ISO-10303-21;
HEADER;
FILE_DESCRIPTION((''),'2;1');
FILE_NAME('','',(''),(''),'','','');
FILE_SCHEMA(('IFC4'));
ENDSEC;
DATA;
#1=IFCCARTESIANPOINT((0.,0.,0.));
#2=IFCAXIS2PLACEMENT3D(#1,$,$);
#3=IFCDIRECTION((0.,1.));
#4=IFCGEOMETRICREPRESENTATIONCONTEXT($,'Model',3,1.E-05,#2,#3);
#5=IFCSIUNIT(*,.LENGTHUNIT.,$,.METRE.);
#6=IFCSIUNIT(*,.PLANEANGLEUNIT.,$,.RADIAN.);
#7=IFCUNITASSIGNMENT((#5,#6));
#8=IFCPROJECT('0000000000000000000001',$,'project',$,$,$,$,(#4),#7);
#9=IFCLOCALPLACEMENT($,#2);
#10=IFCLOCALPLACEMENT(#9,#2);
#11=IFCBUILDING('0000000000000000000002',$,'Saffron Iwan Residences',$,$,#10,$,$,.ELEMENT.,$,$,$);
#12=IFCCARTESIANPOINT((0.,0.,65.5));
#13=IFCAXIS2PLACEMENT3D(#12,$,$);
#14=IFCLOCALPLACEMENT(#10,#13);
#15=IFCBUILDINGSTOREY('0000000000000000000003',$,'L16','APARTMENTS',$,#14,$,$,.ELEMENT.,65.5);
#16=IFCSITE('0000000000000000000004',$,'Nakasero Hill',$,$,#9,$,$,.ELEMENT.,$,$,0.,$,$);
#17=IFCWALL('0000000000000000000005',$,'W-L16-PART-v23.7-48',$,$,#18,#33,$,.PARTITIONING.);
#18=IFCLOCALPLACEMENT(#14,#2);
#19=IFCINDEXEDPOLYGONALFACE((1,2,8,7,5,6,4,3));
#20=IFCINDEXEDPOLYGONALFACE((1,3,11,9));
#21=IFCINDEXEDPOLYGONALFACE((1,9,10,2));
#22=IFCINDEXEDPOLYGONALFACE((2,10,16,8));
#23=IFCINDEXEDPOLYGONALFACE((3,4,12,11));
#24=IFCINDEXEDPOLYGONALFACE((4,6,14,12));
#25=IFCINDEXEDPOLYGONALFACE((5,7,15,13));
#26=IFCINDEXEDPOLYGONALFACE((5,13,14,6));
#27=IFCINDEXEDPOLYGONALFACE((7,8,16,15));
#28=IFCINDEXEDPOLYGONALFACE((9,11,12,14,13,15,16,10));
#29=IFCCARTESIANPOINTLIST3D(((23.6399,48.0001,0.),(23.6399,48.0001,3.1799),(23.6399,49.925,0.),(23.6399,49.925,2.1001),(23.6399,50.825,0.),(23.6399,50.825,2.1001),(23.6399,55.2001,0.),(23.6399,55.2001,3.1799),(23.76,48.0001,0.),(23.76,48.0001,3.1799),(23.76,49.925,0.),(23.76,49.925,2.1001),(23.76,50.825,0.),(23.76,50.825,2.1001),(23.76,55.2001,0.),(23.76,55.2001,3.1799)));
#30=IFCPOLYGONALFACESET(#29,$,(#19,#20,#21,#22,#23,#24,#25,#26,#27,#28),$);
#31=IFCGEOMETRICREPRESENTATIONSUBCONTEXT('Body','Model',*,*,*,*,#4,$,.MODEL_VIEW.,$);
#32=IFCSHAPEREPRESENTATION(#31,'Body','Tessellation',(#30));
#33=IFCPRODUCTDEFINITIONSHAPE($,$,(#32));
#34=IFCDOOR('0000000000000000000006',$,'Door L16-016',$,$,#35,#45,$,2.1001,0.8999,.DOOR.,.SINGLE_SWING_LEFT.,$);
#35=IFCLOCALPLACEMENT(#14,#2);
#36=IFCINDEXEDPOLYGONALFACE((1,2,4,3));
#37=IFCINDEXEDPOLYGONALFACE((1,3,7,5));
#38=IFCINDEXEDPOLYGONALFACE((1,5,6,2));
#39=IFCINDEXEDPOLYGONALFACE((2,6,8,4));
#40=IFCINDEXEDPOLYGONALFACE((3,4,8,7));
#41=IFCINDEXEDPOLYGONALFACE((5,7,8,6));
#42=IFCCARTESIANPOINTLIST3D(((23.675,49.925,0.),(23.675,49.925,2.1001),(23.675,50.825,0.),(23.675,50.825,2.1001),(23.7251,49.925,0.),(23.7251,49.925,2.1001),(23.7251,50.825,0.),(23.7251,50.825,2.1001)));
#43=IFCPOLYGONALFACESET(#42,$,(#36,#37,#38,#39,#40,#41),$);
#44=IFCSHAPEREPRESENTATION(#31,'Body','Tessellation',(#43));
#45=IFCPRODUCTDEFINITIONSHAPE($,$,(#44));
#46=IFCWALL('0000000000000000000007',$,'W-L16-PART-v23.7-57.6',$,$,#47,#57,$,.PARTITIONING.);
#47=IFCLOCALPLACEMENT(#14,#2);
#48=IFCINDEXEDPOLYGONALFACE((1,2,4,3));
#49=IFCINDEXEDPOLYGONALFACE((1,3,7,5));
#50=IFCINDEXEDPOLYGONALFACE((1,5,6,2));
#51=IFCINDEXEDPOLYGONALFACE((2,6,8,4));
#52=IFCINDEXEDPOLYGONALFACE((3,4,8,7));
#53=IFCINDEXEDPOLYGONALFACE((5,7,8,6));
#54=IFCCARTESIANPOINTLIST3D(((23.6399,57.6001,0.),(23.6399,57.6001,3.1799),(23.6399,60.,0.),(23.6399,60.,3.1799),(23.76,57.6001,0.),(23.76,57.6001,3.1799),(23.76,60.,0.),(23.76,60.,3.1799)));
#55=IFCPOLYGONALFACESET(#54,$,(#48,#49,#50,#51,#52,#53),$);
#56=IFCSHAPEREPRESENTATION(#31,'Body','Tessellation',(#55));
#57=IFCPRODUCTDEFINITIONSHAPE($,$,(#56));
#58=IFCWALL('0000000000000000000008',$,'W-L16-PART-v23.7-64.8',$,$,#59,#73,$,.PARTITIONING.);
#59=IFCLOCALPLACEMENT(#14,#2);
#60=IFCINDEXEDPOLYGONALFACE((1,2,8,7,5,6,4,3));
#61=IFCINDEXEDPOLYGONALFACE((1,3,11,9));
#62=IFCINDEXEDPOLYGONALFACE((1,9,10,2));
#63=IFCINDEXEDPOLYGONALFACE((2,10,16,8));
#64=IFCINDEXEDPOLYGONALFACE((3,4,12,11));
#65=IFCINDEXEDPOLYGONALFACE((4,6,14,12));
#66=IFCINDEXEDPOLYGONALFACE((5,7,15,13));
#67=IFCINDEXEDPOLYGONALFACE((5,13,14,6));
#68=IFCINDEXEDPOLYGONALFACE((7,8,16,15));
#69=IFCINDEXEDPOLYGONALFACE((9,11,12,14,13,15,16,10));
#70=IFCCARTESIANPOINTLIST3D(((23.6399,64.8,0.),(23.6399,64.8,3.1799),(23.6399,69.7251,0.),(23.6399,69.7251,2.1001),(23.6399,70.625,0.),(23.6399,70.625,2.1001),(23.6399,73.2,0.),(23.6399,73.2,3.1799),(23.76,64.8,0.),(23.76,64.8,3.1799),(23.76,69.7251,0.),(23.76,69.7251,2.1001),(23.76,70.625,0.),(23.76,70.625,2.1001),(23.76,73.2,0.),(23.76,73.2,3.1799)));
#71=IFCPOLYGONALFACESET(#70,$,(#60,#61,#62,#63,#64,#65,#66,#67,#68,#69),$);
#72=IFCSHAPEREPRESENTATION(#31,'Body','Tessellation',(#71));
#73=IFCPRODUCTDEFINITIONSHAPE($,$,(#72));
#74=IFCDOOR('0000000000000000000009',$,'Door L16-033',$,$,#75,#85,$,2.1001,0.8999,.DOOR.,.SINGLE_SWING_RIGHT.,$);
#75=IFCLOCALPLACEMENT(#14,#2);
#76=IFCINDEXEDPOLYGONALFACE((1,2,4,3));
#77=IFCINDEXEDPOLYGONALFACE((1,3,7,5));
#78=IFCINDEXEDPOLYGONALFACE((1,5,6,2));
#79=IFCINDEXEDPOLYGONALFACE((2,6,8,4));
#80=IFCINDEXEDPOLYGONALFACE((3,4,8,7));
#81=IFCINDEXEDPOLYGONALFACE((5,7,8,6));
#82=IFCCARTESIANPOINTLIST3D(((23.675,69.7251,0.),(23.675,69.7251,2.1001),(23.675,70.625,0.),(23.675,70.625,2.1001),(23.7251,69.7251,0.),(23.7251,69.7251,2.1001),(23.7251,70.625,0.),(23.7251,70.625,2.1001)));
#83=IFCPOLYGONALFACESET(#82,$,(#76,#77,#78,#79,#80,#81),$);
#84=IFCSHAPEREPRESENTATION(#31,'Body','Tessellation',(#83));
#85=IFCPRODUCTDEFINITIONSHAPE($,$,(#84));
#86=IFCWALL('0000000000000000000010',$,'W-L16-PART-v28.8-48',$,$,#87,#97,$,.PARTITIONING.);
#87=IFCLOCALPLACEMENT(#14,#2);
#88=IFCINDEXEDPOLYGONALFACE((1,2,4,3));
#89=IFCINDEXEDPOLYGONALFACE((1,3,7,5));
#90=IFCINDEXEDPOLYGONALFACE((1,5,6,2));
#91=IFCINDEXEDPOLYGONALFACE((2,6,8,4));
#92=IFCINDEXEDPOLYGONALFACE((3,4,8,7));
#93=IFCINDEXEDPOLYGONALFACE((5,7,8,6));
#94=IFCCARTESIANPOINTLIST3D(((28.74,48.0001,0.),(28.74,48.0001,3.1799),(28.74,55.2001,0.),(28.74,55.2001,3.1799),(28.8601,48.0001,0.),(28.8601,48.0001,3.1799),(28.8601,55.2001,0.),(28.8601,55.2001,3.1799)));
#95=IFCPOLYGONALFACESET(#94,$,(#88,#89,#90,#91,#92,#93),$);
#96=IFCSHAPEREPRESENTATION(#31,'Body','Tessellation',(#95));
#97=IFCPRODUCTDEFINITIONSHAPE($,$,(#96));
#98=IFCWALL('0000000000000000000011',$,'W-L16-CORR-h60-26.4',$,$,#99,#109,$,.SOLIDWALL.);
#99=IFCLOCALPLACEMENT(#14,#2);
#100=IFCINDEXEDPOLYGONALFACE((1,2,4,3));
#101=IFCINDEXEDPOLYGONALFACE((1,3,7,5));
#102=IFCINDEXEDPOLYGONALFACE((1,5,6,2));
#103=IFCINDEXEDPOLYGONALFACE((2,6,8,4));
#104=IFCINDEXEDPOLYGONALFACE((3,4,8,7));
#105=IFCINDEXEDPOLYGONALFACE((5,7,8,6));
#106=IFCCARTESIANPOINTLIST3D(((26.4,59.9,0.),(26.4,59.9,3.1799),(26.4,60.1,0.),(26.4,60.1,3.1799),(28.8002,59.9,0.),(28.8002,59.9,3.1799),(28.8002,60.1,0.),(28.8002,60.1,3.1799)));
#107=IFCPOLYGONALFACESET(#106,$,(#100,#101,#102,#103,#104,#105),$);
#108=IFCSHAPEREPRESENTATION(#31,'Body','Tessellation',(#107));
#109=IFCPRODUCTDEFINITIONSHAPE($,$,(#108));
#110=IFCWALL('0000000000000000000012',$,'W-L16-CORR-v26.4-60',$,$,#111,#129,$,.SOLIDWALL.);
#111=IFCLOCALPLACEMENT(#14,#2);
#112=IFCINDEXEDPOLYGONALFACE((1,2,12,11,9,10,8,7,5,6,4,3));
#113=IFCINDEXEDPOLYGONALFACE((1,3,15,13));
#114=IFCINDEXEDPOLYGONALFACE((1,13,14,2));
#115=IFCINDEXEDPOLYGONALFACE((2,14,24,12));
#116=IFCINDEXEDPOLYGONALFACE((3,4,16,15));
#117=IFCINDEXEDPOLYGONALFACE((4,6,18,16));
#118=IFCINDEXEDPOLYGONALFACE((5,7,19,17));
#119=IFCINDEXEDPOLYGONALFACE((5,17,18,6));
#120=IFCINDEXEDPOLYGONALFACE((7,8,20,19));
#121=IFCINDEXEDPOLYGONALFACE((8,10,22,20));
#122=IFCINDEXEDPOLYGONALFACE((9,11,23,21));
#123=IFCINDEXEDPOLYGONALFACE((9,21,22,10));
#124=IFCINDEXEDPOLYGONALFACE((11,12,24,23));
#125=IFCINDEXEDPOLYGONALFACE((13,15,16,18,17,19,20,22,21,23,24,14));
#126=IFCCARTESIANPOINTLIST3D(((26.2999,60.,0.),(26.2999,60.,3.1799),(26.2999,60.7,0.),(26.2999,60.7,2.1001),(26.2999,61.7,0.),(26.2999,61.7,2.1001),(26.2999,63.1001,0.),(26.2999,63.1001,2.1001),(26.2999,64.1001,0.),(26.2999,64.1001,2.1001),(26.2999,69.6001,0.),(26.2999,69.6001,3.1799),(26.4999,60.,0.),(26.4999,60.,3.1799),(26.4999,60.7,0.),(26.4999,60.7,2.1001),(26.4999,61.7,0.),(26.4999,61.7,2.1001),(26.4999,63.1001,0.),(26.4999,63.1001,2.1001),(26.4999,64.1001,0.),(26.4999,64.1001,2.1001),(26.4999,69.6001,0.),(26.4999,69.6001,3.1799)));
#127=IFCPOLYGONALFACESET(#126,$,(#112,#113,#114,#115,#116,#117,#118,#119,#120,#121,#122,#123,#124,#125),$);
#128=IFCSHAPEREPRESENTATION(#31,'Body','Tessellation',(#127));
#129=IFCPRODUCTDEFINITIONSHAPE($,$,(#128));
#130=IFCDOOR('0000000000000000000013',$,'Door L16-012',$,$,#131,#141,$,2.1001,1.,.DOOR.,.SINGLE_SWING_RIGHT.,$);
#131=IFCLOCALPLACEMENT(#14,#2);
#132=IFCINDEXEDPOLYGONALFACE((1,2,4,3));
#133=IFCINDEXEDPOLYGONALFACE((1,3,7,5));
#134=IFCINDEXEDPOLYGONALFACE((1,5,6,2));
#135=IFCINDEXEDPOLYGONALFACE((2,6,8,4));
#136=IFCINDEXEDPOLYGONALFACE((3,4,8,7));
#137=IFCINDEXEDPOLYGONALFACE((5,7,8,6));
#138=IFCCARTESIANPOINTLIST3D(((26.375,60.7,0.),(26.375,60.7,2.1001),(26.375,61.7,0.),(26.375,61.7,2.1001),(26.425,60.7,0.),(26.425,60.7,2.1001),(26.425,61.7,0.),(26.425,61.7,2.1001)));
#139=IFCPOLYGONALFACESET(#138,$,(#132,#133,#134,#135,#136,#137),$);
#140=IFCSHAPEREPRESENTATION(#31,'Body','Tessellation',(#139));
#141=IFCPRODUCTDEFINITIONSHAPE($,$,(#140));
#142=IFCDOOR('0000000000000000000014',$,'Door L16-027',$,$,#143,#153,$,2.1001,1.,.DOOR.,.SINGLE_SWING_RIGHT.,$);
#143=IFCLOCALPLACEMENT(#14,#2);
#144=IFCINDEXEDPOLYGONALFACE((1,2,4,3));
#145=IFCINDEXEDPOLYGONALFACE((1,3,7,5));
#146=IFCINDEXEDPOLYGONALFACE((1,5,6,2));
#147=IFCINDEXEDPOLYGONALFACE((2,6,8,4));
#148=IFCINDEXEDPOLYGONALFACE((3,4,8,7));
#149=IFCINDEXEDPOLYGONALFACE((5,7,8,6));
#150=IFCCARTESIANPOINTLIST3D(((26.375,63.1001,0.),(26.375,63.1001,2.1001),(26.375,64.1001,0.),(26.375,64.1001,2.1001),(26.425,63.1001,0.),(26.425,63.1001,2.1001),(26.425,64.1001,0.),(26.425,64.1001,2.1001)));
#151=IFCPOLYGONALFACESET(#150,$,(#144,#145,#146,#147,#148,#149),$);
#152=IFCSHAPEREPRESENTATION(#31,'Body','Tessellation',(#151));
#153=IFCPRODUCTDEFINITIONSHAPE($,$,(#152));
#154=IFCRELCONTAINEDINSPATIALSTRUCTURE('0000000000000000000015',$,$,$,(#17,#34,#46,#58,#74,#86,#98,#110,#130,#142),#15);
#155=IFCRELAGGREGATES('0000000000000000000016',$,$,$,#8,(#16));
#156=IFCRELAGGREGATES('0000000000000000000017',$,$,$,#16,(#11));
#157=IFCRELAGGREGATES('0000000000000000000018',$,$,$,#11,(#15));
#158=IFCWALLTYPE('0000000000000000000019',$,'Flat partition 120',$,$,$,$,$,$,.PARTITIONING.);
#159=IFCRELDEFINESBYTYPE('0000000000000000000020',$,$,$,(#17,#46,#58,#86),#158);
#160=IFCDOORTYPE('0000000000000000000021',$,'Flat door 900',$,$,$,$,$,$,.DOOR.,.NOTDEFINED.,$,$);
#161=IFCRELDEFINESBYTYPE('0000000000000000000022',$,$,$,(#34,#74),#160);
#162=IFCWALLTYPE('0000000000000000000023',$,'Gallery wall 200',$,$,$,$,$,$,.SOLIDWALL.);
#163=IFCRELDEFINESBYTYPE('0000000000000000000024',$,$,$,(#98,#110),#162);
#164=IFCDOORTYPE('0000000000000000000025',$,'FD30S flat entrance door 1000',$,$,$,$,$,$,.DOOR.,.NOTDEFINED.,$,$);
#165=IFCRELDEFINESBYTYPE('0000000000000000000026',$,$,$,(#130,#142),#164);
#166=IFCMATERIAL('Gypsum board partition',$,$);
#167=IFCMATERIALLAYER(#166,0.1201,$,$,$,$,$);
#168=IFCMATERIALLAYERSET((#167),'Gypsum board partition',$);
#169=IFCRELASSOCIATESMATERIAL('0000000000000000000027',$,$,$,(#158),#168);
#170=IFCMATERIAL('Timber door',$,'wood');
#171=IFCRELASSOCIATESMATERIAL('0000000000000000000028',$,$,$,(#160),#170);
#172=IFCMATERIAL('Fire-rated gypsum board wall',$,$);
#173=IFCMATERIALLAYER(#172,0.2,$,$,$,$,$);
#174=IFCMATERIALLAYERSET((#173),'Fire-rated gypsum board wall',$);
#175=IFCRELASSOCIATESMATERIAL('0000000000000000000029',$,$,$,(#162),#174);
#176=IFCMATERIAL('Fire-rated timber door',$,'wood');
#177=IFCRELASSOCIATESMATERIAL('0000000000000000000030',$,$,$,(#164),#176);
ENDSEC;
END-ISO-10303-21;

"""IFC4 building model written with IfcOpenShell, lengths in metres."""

from ifc_helpers import new_model, si_unit, direction, frame, frame_2d, origin, place, context, subcontext, project, spatial, rectangle, extrude, material, layer, layer_set, type_object, element, fill, save


model = new_model("IFC4")

# Units and contexts
model_context = context("Model", 3, precision=1e-05, world=origin(), true_north=direction((0.0, 1.0)))
body_context = subcontext(model_context, "Body", "Model", "MODEL_VIEW")
ifc_project = project(units=[si_unit("LENGTHUNIT", "METRE"), si_unit("PLANEANGLEUNIT", "RADIAN")], contexts=[model_context])

# Site, building, storey
site_placement = place(None, origin())
site = spatial("IfcSite", under=ifc_project, at=site_placement, Name="Nakasero Hill", CompositionType="ELEMENT", RefElevation=0.0)
building_placement = place(site_placement, origin())
building = spatial("IfcBuilding", under=site, at=building_placement, Name="Saffron Iwan Residences", CompositionType="ELEMENT")
storey_placement = place(building_placement, frame((0.0, 0.0, 65.5)))
storey = spatial("IfcBuildingStorey", under=building, at=storey_placement, Name="L16", Description="APARTMENTS", CompositionType="ELEMENT", Elevation=65.5)

# Shared definitions
ifc_material_1 = material(Name="Gypsum board partition")
ifc_layer_1 = layer(ifc_material_1, 0.1201)
ifc_layer_set_1 = layer_set([ifc_layer_1], Name="Gypsum board partition")
wall_type_1 = type_object("IfcWallType", Name="Flat partition 120", PredefinedType="PARTITIONING", material=ifc_layer_set_1)

# Shared definitions
ifc_material_2 = material(Name="Timber door", Category="wood")
door_type_1 = type_object("IfcDoorType", Name="Flat door 900", OperationType="NOTDEFINED", PredefinedType="DOOR", material=ifc_material_2)

# Wall, opening, door
wall_1_placement = place(storey_placement, frame((23.7, 48.0, 0.0), z_axis=(0.0, 0.0, 1.0), x_axis=(0.0, 1.0, 0.0)))
wall_1 = element("IfcWall", 1, at=wall_1_placement, inside=storey, type_object=wall_type_1, Name="W-L16-PART-v23.7-48", PredefinedType="PARTITIONING", context=body_context, shape_type="SweptSolid", body=[
    extrude(rectangle(XDim=7.2, YDim=0.1201, at=frame_2d((3.6001, 0.0))), origin(), (0.0, 0.0, 1.0), 3.1799),
])
opening_1_placement = place(wall_1_placement, frame((1.925, 0.0, 0.0)))
opening_1 = element("IfcOpeningElement", 2, at=opening_1_placement, cuts=wall_1, PredefinedType="OPENING", context=body_context, shape_type="SweptSolid", body=[
    extrude(rectangle(XDim=0.8999, YDim=2.1001, at=frame_2d((0.45, 1.05))), frame((0.0, 0.0701, 0.0), z_axis=(0.0, -1.0, 0.0), x_axis=(1.0, 0.0, 0.0)), (0.0, 0.0, 1.0), 0.1401),
])
door_1_placement = place(opening_1_placement, origin())
door_1 = element("IfcDoor", 3, at=door_1_placement, inside=storey, type_object=door_type_1, Name="Door L16-016", OperationType="SINGLE_SWING_LEFT", OverallHeight=2.1001, OverallWidth=0.8999, PredefinedType="DOOR", context=body_context, shape_type="SweptSolid", body=[
    extrude(rectangle(XDim=0.8999, YDim=2.1001, at=frame_2d((0.45, 1.05))), frame((0.0, 0.0249, 0.0), z_axis=(0.0, -1.0, 0.0), x_axis=(1.0, 0.0, 0.0)), (0.0, 0.0, 1.0), 0.05),
])
fill(opening_1, door_1)

# Wall
wall_2_placement = place(storey_placement, frame((23.7, 57.6001, 0.0), z_axis=(0.0, 0.0, 1.0), x_axis=(0.0, 1.0, 0.0)))
element("IfcWall", 4, at=wall_2_placement, inside=storey, type_object=wall_type_1, Name="W-L16-PART-v23.7-57.6", PredefinedType="PARTITIONING", context=body_context, shape_type="SweptSolid", body=[
    extrude(rectangle(XDim=2.3999, YDim=0.1201, at=frame_2d((1.2, 0.0))), origin(), (0.0, 0.0, 1.0), 3.1799),
])

# Wall, opening, door
wall_3_placement = place(storey_placement, frame((23.7, 64.8, 0.0), z_axis=(0.0, 0.0, 1.0), x_axis=(0.0, 1.0, 0.0)))
wall_3 = element("IfcWall", 5, at=wall_3_placement, inside=storey, type_object=wall_type_1, Name="W-L16-PART-v23.7-64.8", PredefinedType="PARTITIONING", context=body_context, shape_type="SweptSolid", body=[
    extrude(rectangle(XDim=8.3999, YDim=0.1201, at=frame_2d((4.2, 0.0))), origin(), (0.0, 0.0, 1.0), 3.1799),
])
opening_2_placement = place(wall_3_placement, frame((4.925, 0.0, 0.0)))
opening_2 = element("IfcOpeningElement", 6, at=opening_2_placement, cuts=wall_3, PredefinedType="OPENING", context=body_context, shape_type="SweptSolid", body=[
    extrude(rectangle(XDim=0.8999, YDim=2.1001, at=frame_2d((0.45, 1.05))), frame((0.0, 0.0701, 0.0), z_axis=(0.0, -1.0, 0.0), x_axis=(1.0, 0.0, 0.0)), (0.0, 0.0, 1.0), 0.1401),
])
door_2_placement = place(opening_2_placement, origin())
door_2 = element("IfcDoor", 7, at=door_2_placement, inside=storey, type_object=door_type_1, Name="Door L16-033", OperationType="SINGLE_SWING_RIGHT", OverallHeight=2.1001, OverallWidth=0.8999, PredefinedType="DOOR", context=body_context, shape_type="SweptSolid", body=[
    extrude(rectangle(XDim=0.8999, YDim=2.1001, at=frame_2d((0.45, 1.05))), frame((0.0, 0.0249, 0.0), z_axis=(0.0, -1.0, 0.0), x_axis=(1.0, 0.0, 0.0)), (0.0, 0.0, 1.0), 0.05),
])
fill(opening_2, door_2)

# Walls
wall_4_placement = place(storey_placement, frame((28.8, 48.0, 0.0), z_axis=(0.0, 0.0, 1.0), x_axis=(0.0, 1.0, 0.0)))
element("IfcWall", 8, at=wall_4_placement, inside=storey, type_object=wall_type_1, Name="W-L16-PART-v28.8-48", PredefinedType="PARTITIONING", context=body_context, shape_type="SweptSolid", body=[
    extrude(rectangle(XDim=7.2, YDim=0.1201, at=frame_2d((3.6001, 0.0))), origin(), (0.0, 0.0, 1.0), 3.1799),
])
ifc_material_3 = material(Name="Fire-rated gypsum board wall")
ifc_layer_2 = layer(ifc_material_3, 0.2)
ifc_layer_set_2 = layer_set([ifc_layer_2], Name="Fire-rated gypsum board wall")
wall_type_2 = type_object("IfcWallType", Name="Gallery wall 200", PredefinedType="SOLIDWALL", material=ifc_layer_set_2)
wall_5_placement = place(storey_placement, frame((26.3999, 60.0, 0.0), z_axis=(0.0, 0.0, 1.0), x_axis=(1.0, 0.0, 0.0)))
element("IfcWall", 9, at=wall_5_placement, inside=storey, type_object=wall_type_2, Name="W-L16-CORR-h60-26.4", PredefinedType="SOLIDWALL", context=body_context, shape_type="SweptSolid", body=[
    extrude(rectangle(XDim=2.4001, YDim=0.2, at=frame_2d((1.2002, 0.0))), origin(), (0.0, 0.0, 1.0), 3.1799),
])

# Wall, openings, doors
wall_6_placement = place(storey_placement, frame((26.3999, 60.0, 0.0), z_axis=(0.0, 0.0, 1.0), x_axis=(0.0, 1.0, 0.0)))
wall_6 = element("IfcWall", 10, at=wall_6_placement, inside=storey, type_object=wall_type_2, Name="W-L16-CORR-v26.4-60", PredefinedType="SOLIDWALL", context=body_context, shape_type="SweptSolid", body=[
    extrude(rectangle(XDim=9.6001, YDim=0.2, at=frame_2d((4.8, 0.0))), origin(), (0.0, 0.0, 1.0), 3.1799),
])
opening_3_placement = place(wall_6_placement, frame((0.7, 0.0, 0.0)))
opening_3 = element("IfcOpeningElement", 11, at=opening_3_placement, cuts=wall_6, PredefinedType="OPENING", context=body_context, shape_type="SweptSolid", body=[
    extrude(rectangle(XDim=1.0, YDim=2.1001, at=frame_2d((0.5, 1.05))), frame((0.0, 0.1099, 0.0), z_axis=(0.0, -1.0, 0.0), x_axis=(1.0, 0.0, 0.0)), (0.0, 0.0, 1.0), 0.22),
])
opening_4_placement = place(wall_6_placement, frame((3.1001, 0.0, 0.0)))
opening_4 = element("IfcOpeningElement", 12, at=opening_4_placement, cuts=wall_6, PredefinedType="OPENING", context=body_context, shape_type="SweptSolid", body=[
    extrude(rectangle(XDim=1.0, YDim=2.1001, at=frame_2d((0.5, 1.05))), frame((0.0, 0.1099, 0.0), z_axis=(0.0, -1.0, 0.0), x_axis=(1.0, 0.0, 0.0)), (0.0, 0.0, 1.0), 0.22),
])
ifc_material_4 = material(Name="Fire-rated timber door", Category="wood")
door_type_2 = type_object("IfcDoorType", Name="FD30S flat entrance door 1000", OperationType="NOTDEFINED", PredefinedType="DOOR", material=ifc_material_4)
door_3_placement = place(opening_3_placement, origin())
door_3 = element("IfcDoor", 13, at=door_3_placement, inside=storey, type_object=door_type_2, Name="Door L16-012", OperationType="SINGLE_SWING_RIGHT", OverallHeight=2.1001, OverallWidth=1.0, PredefinedType="DOOR", context=body_context, shape_type="SweptSolid", body=[
    extrude(rectangle(XDim=1.0, YDim=2.1001, at=frame_2d((0.5, 1.05))), frame((0.0, 0.0249, 0.0), z_axis=(0.0, -1.0, 0.0), x_axis=(1.0, 0.0, 0.0)), (0.0, 0.0, 1.0), 0.05),
])
fill(opening_3, door_3)
door_4_placement = place(opening_4_placement, origin())
door_4 = element("IfcDoor", 14, at=door_4_placement, inside=storey, type_object=door_type_2, Name="Door L16-027", OperationType="SINGLE_SWING_RIGHT", OverallHeight=2.1001, OverallWidth=1.0, PredefinedType="DOOR", context=body_context, shape_type="SweptSolid", body=[
    extrude(rectangle(XDim=1.0, YDim=2.1001, at=frame_2d((0.5, 1.05))), frame((0.0, 0.0249, 0.0), z_axis=(0.0, -1.0, 0.0), x_axis=(1.0, 0.0, 0.0)), (0.0, 0.0, 1.0), 0.05),
])
fill(opening_4, door_4)

save(model, "model.ifc")
